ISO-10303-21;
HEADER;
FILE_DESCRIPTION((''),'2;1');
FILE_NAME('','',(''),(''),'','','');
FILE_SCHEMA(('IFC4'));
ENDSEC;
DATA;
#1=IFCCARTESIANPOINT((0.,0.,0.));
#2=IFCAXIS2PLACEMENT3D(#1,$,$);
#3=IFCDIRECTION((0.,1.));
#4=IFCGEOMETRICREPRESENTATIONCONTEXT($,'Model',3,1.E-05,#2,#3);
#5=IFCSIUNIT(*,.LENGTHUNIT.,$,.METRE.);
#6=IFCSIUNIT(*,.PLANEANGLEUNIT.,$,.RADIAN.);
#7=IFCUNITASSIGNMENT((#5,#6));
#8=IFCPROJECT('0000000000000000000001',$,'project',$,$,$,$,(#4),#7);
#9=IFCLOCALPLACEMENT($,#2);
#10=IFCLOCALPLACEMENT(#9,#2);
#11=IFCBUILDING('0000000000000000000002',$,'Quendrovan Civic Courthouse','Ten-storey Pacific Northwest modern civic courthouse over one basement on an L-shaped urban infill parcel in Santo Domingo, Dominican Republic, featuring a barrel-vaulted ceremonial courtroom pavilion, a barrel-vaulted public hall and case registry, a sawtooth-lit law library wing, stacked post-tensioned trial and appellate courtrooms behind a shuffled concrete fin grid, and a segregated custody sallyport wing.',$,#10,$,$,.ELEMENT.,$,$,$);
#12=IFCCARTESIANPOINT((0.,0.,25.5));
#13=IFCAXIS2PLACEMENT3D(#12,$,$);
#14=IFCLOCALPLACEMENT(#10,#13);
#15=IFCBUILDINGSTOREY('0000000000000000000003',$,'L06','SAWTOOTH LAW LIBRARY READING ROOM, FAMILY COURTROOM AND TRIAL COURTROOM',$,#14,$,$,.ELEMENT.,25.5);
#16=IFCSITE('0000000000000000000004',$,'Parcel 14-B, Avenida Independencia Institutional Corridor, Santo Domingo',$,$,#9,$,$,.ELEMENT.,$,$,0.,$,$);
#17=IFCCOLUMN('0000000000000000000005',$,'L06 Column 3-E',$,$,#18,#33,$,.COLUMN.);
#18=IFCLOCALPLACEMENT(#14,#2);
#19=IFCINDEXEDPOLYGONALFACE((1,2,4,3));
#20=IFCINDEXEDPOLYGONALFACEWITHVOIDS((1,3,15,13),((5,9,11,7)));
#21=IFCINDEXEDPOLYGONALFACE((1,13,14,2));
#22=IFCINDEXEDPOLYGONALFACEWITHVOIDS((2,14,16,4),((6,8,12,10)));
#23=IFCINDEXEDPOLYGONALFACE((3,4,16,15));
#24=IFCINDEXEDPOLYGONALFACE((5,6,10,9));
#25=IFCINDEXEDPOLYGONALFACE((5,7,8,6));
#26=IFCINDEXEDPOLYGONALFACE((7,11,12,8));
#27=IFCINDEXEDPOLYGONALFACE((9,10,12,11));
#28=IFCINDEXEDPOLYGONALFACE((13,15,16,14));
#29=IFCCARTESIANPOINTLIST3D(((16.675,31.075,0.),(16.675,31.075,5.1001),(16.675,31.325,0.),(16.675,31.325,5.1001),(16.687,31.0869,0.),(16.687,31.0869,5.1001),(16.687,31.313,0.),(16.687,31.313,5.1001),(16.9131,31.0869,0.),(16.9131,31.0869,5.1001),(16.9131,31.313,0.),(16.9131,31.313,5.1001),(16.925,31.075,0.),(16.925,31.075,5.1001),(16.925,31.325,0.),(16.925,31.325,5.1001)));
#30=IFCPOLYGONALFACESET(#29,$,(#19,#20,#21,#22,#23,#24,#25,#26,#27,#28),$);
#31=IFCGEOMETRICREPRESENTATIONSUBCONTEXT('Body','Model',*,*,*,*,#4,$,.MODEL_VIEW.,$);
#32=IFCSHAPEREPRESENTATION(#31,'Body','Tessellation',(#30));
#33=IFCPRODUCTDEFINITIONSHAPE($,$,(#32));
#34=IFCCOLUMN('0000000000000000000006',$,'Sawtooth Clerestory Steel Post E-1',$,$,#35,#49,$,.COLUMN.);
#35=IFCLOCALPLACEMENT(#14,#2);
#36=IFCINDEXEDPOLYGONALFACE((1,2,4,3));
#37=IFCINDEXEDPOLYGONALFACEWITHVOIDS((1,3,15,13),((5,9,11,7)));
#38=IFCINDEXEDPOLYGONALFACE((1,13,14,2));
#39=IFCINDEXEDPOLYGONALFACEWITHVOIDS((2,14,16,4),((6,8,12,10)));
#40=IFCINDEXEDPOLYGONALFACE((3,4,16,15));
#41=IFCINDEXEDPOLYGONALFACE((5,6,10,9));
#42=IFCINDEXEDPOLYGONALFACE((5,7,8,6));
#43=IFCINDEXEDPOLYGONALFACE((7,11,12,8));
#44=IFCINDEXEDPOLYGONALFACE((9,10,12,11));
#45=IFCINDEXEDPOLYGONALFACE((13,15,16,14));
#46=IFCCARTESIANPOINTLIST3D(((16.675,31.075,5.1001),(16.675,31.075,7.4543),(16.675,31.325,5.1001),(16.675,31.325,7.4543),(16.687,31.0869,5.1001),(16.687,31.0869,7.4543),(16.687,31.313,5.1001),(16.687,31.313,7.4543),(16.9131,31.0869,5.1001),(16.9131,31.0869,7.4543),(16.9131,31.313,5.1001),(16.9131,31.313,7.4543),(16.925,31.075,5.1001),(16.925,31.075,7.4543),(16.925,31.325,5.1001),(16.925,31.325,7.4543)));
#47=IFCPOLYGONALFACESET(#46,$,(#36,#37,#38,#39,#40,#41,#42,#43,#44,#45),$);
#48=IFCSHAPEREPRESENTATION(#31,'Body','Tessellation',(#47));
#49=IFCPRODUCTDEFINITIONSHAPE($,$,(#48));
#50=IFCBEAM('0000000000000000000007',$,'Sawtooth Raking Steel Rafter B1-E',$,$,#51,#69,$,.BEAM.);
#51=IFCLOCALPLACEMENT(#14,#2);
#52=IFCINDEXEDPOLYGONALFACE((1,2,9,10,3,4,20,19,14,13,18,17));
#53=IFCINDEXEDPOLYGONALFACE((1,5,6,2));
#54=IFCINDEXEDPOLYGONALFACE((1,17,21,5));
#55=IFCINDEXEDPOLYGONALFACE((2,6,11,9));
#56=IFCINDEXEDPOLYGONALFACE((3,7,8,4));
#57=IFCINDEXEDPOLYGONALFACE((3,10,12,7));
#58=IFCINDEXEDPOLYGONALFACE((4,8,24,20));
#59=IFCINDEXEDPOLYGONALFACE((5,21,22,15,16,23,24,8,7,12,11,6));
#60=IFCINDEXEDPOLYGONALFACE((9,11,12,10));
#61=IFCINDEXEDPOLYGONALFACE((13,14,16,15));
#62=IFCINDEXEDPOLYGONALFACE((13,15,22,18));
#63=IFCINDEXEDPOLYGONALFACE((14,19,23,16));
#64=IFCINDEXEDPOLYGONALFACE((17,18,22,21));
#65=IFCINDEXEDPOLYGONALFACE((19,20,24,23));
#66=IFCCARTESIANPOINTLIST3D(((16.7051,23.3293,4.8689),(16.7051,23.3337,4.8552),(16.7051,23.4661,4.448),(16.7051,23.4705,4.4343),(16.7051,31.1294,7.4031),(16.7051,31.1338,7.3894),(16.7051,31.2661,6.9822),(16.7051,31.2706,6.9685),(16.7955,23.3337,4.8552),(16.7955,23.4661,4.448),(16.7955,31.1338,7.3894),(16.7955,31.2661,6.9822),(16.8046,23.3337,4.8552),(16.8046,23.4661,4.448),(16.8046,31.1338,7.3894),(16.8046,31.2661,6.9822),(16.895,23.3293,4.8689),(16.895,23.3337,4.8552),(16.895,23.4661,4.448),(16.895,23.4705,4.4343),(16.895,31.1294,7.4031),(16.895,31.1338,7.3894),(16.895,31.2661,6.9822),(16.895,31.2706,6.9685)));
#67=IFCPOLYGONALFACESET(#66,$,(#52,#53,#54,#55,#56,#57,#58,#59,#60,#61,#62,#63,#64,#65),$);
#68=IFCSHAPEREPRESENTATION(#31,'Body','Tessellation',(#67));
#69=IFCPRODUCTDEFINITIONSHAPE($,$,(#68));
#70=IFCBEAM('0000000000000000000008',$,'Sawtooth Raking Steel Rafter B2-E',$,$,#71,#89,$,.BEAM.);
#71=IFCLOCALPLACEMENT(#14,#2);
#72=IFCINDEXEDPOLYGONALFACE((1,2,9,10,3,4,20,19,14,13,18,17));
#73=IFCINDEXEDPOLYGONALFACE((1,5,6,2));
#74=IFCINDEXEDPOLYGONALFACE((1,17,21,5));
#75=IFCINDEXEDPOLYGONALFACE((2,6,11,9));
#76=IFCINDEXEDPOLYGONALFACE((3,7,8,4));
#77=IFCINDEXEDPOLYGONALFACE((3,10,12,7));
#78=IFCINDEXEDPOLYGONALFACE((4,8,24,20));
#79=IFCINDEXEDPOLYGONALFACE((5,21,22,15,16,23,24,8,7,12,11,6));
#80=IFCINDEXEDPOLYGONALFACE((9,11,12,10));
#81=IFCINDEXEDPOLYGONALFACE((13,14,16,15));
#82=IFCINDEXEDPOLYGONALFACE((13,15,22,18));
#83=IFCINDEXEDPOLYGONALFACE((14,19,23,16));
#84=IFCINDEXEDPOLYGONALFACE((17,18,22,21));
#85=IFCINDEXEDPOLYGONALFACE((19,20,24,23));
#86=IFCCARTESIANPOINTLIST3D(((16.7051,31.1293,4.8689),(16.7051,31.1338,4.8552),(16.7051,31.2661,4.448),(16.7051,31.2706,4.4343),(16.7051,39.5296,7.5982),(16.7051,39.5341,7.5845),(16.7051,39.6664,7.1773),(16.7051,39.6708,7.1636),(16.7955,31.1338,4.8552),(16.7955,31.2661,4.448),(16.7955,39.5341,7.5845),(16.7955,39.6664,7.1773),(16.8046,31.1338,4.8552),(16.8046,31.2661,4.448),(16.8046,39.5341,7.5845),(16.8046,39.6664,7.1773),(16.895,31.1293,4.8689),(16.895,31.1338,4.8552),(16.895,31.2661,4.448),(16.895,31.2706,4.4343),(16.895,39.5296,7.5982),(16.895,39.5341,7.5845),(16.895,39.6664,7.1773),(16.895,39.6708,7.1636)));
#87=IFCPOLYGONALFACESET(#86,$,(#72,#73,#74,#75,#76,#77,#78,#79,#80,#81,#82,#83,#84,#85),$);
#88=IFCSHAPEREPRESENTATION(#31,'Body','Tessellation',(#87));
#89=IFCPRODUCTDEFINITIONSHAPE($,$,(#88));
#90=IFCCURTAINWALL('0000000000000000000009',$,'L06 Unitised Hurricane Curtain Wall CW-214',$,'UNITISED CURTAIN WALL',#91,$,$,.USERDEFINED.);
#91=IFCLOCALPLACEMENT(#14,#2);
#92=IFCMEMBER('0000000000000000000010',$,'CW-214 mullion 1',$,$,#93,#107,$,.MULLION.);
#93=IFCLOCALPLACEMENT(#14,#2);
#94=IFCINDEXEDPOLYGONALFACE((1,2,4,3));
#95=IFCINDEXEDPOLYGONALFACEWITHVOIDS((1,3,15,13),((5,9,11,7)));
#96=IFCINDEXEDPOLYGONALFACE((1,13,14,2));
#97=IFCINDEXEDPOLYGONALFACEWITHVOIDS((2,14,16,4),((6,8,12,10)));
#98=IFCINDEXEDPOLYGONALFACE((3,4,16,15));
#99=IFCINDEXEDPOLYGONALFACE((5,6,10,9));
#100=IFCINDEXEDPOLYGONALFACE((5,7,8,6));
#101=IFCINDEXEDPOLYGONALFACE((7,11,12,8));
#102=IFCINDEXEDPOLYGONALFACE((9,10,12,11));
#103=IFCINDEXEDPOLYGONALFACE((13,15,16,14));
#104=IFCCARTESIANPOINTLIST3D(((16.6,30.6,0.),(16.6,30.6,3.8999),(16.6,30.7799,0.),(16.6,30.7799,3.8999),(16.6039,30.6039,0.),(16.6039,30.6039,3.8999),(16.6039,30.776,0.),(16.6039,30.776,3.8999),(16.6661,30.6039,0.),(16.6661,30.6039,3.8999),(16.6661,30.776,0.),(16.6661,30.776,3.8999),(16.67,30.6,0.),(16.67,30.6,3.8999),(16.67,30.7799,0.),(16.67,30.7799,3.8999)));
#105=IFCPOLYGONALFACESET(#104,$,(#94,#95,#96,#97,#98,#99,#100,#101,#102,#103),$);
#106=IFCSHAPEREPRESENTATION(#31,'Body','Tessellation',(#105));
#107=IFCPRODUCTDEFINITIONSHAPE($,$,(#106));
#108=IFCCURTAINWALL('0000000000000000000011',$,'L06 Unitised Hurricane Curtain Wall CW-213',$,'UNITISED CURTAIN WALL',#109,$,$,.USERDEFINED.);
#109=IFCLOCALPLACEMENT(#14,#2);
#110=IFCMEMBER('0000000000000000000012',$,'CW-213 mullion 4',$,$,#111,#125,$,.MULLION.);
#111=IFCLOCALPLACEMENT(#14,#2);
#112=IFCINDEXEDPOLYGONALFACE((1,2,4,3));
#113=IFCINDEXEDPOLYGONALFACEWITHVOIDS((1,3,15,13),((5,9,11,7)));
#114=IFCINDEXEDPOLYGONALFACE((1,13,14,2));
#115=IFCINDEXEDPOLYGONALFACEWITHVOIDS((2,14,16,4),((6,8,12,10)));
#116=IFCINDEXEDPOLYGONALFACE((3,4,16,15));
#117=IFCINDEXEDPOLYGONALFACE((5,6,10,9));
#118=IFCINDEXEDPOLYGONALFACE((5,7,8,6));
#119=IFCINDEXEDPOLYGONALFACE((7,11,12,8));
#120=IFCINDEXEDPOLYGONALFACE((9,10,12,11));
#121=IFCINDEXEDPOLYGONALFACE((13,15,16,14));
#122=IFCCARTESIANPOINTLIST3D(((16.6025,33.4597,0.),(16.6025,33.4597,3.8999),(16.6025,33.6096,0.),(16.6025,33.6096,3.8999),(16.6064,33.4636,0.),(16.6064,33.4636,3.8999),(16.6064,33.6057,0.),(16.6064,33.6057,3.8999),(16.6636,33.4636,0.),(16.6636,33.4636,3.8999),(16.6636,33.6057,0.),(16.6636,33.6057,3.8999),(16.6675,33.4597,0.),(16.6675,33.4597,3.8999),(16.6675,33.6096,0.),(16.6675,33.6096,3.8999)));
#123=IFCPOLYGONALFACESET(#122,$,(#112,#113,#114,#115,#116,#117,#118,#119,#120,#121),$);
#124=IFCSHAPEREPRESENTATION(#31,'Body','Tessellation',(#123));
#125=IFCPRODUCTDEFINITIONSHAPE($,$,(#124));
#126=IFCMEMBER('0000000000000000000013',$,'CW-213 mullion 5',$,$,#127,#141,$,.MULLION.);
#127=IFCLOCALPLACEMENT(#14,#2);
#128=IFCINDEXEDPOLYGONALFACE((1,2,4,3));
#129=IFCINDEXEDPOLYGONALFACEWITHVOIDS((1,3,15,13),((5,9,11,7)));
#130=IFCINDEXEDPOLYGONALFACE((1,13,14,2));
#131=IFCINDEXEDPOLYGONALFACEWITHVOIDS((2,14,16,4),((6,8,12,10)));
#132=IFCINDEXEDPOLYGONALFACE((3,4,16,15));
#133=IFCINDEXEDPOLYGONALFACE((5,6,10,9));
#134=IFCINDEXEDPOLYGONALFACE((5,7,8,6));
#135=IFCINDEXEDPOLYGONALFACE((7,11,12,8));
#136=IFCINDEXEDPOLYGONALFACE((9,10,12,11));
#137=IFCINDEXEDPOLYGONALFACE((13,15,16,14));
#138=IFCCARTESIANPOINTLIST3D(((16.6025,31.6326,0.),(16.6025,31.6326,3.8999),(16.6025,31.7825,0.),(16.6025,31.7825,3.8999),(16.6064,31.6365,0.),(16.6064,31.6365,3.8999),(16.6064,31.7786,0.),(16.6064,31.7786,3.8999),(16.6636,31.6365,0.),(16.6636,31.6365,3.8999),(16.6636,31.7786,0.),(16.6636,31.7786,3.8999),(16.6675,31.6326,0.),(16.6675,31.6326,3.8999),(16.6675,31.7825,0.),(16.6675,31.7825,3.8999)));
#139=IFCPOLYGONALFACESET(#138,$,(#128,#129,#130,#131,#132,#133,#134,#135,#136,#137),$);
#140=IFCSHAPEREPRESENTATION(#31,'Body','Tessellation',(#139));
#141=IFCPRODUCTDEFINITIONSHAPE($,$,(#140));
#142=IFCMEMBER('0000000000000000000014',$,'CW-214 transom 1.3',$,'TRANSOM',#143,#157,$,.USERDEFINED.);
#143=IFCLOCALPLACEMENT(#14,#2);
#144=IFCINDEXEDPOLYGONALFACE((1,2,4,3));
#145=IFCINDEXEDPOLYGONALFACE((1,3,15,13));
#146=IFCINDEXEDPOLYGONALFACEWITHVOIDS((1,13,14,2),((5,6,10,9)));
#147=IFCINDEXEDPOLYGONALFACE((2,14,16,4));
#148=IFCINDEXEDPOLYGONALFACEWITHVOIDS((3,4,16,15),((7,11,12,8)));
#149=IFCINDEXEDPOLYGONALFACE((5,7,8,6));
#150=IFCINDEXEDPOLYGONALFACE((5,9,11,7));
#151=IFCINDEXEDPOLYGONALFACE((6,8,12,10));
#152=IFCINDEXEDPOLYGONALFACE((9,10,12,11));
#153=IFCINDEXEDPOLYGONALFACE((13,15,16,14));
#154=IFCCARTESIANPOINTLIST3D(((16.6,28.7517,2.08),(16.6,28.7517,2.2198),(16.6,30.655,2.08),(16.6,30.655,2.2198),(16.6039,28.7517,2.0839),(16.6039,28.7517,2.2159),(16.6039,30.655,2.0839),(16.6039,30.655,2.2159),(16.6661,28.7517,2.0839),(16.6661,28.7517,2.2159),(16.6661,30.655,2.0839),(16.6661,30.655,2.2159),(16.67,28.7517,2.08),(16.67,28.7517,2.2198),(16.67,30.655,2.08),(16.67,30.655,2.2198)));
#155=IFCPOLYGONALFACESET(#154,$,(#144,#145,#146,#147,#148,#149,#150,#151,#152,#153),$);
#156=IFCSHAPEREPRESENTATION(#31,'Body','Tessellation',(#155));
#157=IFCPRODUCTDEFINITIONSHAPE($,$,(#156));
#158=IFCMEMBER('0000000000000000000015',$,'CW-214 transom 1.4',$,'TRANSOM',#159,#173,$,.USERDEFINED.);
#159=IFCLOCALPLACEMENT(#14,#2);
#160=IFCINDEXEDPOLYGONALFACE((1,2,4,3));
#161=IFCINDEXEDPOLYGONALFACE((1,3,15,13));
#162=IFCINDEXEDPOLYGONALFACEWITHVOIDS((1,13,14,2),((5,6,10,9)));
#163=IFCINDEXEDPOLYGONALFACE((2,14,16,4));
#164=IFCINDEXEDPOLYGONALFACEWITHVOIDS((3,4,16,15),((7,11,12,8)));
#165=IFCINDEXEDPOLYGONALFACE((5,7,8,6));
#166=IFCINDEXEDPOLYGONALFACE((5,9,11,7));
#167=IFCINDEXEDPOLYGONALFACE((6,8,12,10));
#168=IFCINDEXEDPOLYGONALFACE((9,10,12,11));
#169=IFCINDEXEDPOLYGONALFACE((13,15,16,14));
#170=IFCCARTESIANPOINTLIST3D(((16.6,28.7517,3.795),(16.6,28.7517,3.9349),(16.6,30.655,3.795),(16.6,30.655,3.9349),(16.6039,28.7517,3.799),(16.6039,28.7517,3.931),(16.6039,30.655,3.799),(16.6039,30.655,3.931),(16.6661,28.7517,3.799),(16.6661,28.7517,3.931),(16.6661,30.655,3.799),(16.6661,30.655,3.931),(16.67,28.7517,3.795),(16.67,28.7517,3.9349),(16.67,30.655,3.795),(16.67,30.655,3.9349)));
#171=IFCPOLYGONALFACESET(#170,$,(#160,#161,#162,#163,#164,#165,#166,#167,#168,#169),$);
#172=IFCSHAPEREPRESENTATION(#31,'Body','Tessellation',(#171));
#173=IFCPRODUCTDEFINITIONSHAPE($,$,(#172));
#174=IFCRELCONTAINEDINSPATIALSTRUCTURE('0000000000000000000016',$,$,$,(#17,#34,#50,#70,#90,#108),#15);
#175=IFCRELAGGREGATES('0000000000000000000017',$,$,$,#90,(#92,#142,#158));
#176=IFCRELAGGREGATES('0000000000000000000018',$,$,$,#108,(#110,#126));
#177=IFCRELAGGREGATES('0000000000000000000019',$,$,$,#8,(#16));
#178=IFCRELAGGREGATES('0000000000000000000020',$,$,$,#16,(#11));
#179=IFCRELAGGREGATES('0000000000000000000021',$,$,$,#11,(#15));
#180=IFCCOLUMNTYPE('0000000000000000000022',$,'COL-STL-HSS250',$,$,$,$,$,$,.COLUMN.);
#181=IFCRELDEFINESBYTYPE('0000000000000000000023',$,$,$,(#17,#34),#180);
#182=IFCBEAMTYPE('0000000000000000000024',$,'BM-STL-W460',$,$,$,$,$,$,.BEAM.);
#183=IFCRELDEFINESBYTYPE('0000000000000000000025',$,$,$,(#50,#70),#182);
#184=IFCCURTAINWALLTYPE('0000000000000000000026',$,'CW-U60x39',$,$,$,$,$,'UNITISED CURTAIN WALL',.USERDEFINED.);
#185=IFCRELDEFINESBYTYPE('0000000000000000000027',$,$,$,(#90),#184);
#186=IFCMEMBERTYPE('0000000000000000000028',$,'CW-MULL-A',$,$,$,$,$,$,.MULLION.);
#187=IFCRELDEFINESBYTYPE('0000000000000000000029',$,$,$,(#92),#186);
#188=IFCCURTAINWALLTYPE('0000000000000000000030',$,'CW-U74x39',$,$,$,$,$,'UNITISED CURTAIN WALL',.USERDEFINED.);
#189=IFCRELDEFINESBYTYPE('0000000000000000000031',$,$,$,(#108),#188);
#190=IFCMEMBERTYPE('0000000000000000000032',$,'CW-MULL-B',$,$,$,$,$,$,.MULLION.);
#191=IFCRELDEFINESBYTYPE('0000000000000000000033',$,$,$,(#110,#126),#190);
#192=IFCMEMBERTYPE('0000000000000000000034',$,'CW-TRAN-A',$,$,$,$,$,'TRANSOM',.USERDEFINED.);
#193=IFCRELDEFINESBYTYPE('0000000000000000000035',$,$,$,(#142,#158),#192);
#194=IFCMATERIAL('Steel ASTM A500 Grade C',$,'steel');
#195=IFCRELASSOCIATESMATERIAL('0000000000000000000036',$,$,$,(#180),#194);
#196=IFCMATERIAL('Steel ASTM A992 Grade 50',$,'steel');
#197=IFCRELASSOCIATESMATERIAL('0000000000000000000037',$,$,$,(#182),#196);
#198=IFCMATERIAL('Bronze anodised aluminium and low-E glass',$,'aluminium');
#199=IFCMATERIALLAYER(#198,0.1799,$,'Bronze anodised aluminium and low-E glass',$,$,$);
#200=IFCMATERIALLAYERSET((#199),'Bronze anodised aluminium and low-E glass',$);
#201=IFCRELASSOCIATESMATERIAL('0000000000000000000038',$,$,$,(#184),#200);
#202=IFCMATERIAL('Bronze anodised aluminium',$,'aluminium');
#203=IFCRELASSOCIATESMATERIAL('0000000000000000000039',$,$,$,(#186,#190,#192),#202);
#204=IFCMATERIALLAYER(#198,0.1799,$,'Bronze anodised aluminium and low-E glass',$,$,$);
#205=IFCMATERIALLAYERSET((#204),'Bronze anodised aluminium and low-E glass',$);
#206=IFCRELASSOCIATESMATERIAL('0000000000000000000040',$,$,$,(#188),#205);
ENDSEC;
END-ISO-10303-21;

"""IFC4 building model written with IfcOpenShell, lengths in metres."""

from ifc_helpers import new_model, si_unit, direction, frame, origin, origin_2d, place, context, subcontext, project, spatial, hollow_rectangle, i_section, extrude, material, layer, layer_set, material_profile, profile_set, type_object, element, aggregate, save


model = new_model("IFC4")

# Units and contexts
model_context = context("Model", 3, precision=1e-05, world=origin(), true_north=direction((0.0, 1.0)))
body_context = subcontext(model_context, "Body", "Model", "MODEL_VIEW")
ifc_project = project(units=[si_unit("LENGTHUNIT", "METRE"), si_unit("PLANEANGLEUNIT", "RADIAN")], contexts=[model_context])

# Site, building, storey
site_placement = place(None, origin())
site = spatial("IfcSite", under=ifc_project, at=site_placement, Name="Parcel 14-B, Avenida Independencia Institutional Corridor, Santo Domingo", CompositionType="ELEMENT", RefElevation=0.0)
building_placement = place(site_placement, origin())
building = spatial("IfcBuilding", under=site, at=building_placement, Name="Quendrovan Civic Courthouse", Description="Ten-storey Pacific Northwest modern civic courthouse over one basement on an L-shaped urban infill parcel in Santo Domingo, Dominican Republic, featuring a barrel-vaulted ceremonial courtroom pavilion, a barrel-vaulted public hall and case registry, a sawtooth-lit law library wing, stacked post-tensioned trial and appellate courtrooms behind a shuffled concrete fin grid, and a segregated custody sallyport wing.", CompositionType="ELEMENT")
storey_placement = place(building_placement, frame((0.0, 0.0, 25.5)))
storey = spatial("IfcBuildingStorey", under=building, at=storey_placement, Name="L06", Description="SAWTOOTH LAW LIBRARY READING ROOM, FAMILY COURTROOM AND TRIAL COURTROOM", CompositionType="ELEMENT", Elevation=25.5)

# Columns
ifc_material_1 = material(Name="Steel ASTM A500 Grade C", Category="steel")
ifc_material_profile_1 = material_profile(ifc_material_1, hollow_rectangle(XDim=0.25, YDim=0.25, WallThickness=0.012, at=origin_2d()), Name="HSS250x250x12")
ifc_profile_set_1 = profile_set([ifc_material_profile_1], Name="Steel ASTM A500 Grade C")
column_type = type_object("IfcColumnType", Name="COL-STL-HSS250", PredefinedType="COLUMN", material=ifc_profile_set_1)
column_1_placement = place(storey_placement, frame((16.8, 31.2, 0.0), z_axis=(0.0, 0.0, 1.0), x_axis=(1.0, 0.0, 0.0)))
element("IfcColumn", 1, at=column_1_placement, inside=storey, type_object=column_type, Name="L06 Column 3-E", PredefinedType="COLUMN", context=body_context, shape_type="SweptSolid", body=[
    extrude(hollow_rectangle(XDim=0.25, YDim=0.25, WallThickness=0.012, at=origin_2d()), origin(), (0.0, 0.0, 1.0), 5.1001),
])
column_2_placement = place(storey_placement, frame((16.8, 31.2, 5.1001), z_axis=(0.0, 0.0, 1.0), x_axis=(1.0, 0.0, 0.0)))
element("IfcColumn", 2, at=column_2_placement, inside=storey, type_object=column_type, Name="Sawtooth Clerestory Steel Post E-1", PredefinedType="COLUMN", context=body_context, shape_type="SweptSolid", body=[
    extrude(hollow_rectangle(XDim=0.25, YDim=0.25, WallThickness=0.012, at=origin_2d()), origin(), (0.0, 0.0, 1.0), 2.3542),
])

# Beams
ifc_material_2 = material(Name="Steel ASTM A992 Grade 50", Category="steel")
ifc_material_profile_2 = material_profile(ifc_material_2, i_section(OverallWidth=0.1899, OverallDepth=0.457, WebThickness=0.009, FlangeThickness=0.0144, at=origin_2d()), Name="W460x74")
ifc_profile_set_2 = profile_set([ifc_material_profile_2], Name="Steel ASTM A992 Grade 50")
beam_type = type_object("IfcBeamType", Name="BM-STL-W460", PredefinedType="BEAM", material=ifc_profile_set_2)
beam_1_placement = place(storey_placement, frame((16.8, 23.3999, 4.6516), z_axis=(0.0, 0.951064, 0.308994), x_axis=(-1.0, 0.0, 0.0)))
element("IfcBeam", 3, at=beam_1_placement, inside=storey, type_object=beam_type, Name="Sawtooth Raking Steel Rafter B1-E", PredefinedType="BEAM", context=body_context, shape_type="SweptSolid", body=[
    extrude(i_section(OverallWidth=0.1899, OverallDepth=0.457, WebThickness=0.009, FlangeThickness=0.0144, at=origin_2d()), origin(), (0.0, 0.0, 1.0), 8.2014),
])
beam_2_placement = place(storey_placement, frame((16.8, 31.2, 4.6516), z_axis=(0.0, 0.951061, 0.309004), x_axis=(-1.0, 0.0, 0.0)))
element("IfcBeam", 4, at=beam_2_placement, inside=storey, type_object=beam_type, Name="Sawtooth Raking Steel Rafter B2-E", PredefinedType="BEAM", context=body_context, shape_type="SweptSolid", body=[
    extrude(i_section(OverallWidth=0.1899, OverallDepth=0.457, WebThickness=0.009, FlangeThickness=0.0144, at=origin_2d()), origin(), (0.0, 0.0, 1.0), 8.8325),
])

# Curtain wall, member
ifc_material_3 = material(Name="Bronze anodised aluminium and low-E glass", Category="aluminium")
ifc_layer_1 = layer(ifc_material_3, 0.1799, Name="Bronze anodised aluminium and low-E glass")
ifc_layer_set_1 = layer_set([ifc_layer_1], Name="Bronze anodised aluminium and low-E glass")
curtain_wall_type_1 = type_object("IfcCurtainWallType", Name="CW-U60x39", ElementType="UNITISED CURTAIN WALL", PredefinedType="USERDEFINED", material=ifc_layer_set_1)
curtain_wall_1_placement = place(storey_placement, origin())
curtain_wall_1 = element("IfcCurtainWall", 5, at=curtain_wall_1_placement, inside=storey, type_object=curtain_wall_type_1, Name="L06 Unitised Hurricane Curtain Wall CW-214", ObjectType="UNITISED CURTAIN WALL", PredefinedType="USERDEFINED")
ifc_material_4 = material(Name="Bronze anodised aluminium", Category="aluminium")
ifc_material_profile_3 = material_profile(ifc_material_4, hollow_rectangle(XDim=0.0701, YDim=0.1799, WallThickness=0.0039, at=origin_2d()), Name="CW-MULL-70x180")
ifc_profile_set_3 = profile_set([ifc_material_profile_3], Name="Bronze anodised aluminium")
member_type_1 = type_object("IfcMemberType", Name="CW-MULL-A", PredefinedType="MULLION", material=ifc_profile_set_3)
member_1_placement = place(storey_placement, frame((16.635, 30.6899, 0.0), z_axis=(0.0, 0.0, 1.0), x_axis=(1.0, 0.0, 0.0)))
member_1 = element("IfcMember", 6, at=member_1_placement, type_object=member_type_1, Name="CW-214 mullion 1", PredefinedType="MULLION", context=body_context, shape_type="SweptSolid", body=[
    extrude(hollow_rectangle(XDim=0.0701, YDim=0.1799, WallThickness=0.0039, at=origin_2d()), origin(), (0.0, 0.0, 1.0), 3.8999),
])

# Curtain wall, members
ifc_layer_2 = layer(ifc_material_3, 0.1799, Name="Bronze anodised aluminium and low-E glass")
ifc_layer_set_2 = layer_set([ifc_layer_2], Name="Bronze anodised aluminium and low-E glass")
curtain_wall_type_2 = type_object("IfcCurtainWallType", Name="CW-U74x39", ElementType="UNITISED CURTAIN WALL", PredefinedType="USERDEFINED", material=ifc_layer_set_2)
curtain_wall_2_placement = place(storey_placement, origin())
curtain_wall_2 = element("IfcCurtainWall", 7, at=curtain_wall_2_placement, inside=storey, type_object=curtain_wall_type_2, Name="L06 Unitised Hurricane Curtain Wall CW-213", ObjectType="UNITISED CURTAIN WALL", PredefinedType="USERDEFINED")
ifc_material_profile_4 = material_profile(ifc_material_4, hollow_rectangle(XDim=0.0649, YDim=0.1499, WallThickness=0.0039, at=origin_2d()), Name="CW-MULL-65x150")
ifc_profile_set_4 = profile_set([ifc_material_profile_4], Name="Bronze anodised aluminium")
member_type_2 = type_object("IfcMemberType", Name="CW-MULL-B", PredefinedType="MULLION", material=ifc_profile_set_4)
member_2_placement = place(storey_placement, frame((16.635, 33.5347, 0.0), z_axis=(0.0, 0.0, 1.0), x_axis=(1.0, 0.0, 0.0)))
member_2 = element("IfcMember", 8, at=member_2_placement, type_object=member_type_2, Name="CW-213 mullion 4", PredefinedType="MULLION", context=body_context, shape_type="SweptSolid", body=[
    extrude(hollow_rectangle(XDim=0.0649, YDim=0.1499, WallThickness=0.0039, at=origin_2d()), origin(), (0.0, 0.0, 1.0), 3.8999),
])
member_3_placement = place(storey_placement, frame((16.635, 31.7075, 0.0), z_axis=(0.0, 0.0, 1.0), x_axis=(1.0, 0.0, 0.0)))
member_3 = element("IfcMember", 9, at=member_3_placement, type_object=member_type_2, Name="CW-213 mullion 5", PredefinedType="MULLION", context=body_context, shape_type="SweptSolid", body=[
    extrude(hollow_rectangle(XDim=0.0649, YDim=0.1499, WallThickness=0.0039, at=origin_2d()), origin(), (0.0, 0.0, 1.0), 3.8999),
])

# Members
ifc_material_profile_5 = material_profile(ifc_material_4, hollow_rectangle(XDim=0.0701, YDim=0.1399, WallThickness=0.0039, at=origin_2d()), Name="CW-TRAN-70x140")
ifc_profile_set_5 = profile_set([ifc_material_profile_5], Name="Bronze anodised aluminium")
member_type_3 = type_object("IfcMemberType", Name="CW-TRAN-A", ElementType="TRANSOM", PredefinedType="USERDEFINED", material=ifc_profile_set_5)
member_4_placement = place(storey_placement, frame((16.635, 30.655, 2.1499), z_axis=(0.0, -1.0, 0.0), x_axis=(1.0, 0.0, 0.0)))
member_4 = element("IfcMember", 10, at=member_4_placement, type_object=member_type_3, Name="CW-214 transom 1.3", ObjectType="TRANSOM", PredefinedType="USERDEFINED", context=body_context, shape_type="SweptSolid", body=[
    extrude(hollow_rectangle(XDim=0.0701, YDim=0.1399, WallThickness=0.0039, at=origin_2d()), origin(), (0.0, 0.0, 1.0), 1.9033),
])
member_5_placement = place(storey_placement, frame((16.635, 30.655, 3.865), z_axis=(0.0, -1.0, 0.0), x_axis=(1.0, 0.0, 0.0)))
member_5 = element("IfcMember", 11, at=member_5_placement, type_object=member_type_3, Name="CW-214 transom 1.4", ObjectType="TRANSOM", PredefinedType="USERDEFINED", context=body_context, shape_type="SweptSolid", body=[
    extrude(hollow_rectangle(XDim=0.0701, YDim=0.1399, WallThickness=0.0039, at=origin_2d()), origin(), (0.0, 0.0, 1.0), 1.9033),
])
aggregate(curtain_wall_1, [member_1, member_4, member_5])

aggregate(curtain_wall_2, [member_2, member_3])

save(model, "model.ifc")
